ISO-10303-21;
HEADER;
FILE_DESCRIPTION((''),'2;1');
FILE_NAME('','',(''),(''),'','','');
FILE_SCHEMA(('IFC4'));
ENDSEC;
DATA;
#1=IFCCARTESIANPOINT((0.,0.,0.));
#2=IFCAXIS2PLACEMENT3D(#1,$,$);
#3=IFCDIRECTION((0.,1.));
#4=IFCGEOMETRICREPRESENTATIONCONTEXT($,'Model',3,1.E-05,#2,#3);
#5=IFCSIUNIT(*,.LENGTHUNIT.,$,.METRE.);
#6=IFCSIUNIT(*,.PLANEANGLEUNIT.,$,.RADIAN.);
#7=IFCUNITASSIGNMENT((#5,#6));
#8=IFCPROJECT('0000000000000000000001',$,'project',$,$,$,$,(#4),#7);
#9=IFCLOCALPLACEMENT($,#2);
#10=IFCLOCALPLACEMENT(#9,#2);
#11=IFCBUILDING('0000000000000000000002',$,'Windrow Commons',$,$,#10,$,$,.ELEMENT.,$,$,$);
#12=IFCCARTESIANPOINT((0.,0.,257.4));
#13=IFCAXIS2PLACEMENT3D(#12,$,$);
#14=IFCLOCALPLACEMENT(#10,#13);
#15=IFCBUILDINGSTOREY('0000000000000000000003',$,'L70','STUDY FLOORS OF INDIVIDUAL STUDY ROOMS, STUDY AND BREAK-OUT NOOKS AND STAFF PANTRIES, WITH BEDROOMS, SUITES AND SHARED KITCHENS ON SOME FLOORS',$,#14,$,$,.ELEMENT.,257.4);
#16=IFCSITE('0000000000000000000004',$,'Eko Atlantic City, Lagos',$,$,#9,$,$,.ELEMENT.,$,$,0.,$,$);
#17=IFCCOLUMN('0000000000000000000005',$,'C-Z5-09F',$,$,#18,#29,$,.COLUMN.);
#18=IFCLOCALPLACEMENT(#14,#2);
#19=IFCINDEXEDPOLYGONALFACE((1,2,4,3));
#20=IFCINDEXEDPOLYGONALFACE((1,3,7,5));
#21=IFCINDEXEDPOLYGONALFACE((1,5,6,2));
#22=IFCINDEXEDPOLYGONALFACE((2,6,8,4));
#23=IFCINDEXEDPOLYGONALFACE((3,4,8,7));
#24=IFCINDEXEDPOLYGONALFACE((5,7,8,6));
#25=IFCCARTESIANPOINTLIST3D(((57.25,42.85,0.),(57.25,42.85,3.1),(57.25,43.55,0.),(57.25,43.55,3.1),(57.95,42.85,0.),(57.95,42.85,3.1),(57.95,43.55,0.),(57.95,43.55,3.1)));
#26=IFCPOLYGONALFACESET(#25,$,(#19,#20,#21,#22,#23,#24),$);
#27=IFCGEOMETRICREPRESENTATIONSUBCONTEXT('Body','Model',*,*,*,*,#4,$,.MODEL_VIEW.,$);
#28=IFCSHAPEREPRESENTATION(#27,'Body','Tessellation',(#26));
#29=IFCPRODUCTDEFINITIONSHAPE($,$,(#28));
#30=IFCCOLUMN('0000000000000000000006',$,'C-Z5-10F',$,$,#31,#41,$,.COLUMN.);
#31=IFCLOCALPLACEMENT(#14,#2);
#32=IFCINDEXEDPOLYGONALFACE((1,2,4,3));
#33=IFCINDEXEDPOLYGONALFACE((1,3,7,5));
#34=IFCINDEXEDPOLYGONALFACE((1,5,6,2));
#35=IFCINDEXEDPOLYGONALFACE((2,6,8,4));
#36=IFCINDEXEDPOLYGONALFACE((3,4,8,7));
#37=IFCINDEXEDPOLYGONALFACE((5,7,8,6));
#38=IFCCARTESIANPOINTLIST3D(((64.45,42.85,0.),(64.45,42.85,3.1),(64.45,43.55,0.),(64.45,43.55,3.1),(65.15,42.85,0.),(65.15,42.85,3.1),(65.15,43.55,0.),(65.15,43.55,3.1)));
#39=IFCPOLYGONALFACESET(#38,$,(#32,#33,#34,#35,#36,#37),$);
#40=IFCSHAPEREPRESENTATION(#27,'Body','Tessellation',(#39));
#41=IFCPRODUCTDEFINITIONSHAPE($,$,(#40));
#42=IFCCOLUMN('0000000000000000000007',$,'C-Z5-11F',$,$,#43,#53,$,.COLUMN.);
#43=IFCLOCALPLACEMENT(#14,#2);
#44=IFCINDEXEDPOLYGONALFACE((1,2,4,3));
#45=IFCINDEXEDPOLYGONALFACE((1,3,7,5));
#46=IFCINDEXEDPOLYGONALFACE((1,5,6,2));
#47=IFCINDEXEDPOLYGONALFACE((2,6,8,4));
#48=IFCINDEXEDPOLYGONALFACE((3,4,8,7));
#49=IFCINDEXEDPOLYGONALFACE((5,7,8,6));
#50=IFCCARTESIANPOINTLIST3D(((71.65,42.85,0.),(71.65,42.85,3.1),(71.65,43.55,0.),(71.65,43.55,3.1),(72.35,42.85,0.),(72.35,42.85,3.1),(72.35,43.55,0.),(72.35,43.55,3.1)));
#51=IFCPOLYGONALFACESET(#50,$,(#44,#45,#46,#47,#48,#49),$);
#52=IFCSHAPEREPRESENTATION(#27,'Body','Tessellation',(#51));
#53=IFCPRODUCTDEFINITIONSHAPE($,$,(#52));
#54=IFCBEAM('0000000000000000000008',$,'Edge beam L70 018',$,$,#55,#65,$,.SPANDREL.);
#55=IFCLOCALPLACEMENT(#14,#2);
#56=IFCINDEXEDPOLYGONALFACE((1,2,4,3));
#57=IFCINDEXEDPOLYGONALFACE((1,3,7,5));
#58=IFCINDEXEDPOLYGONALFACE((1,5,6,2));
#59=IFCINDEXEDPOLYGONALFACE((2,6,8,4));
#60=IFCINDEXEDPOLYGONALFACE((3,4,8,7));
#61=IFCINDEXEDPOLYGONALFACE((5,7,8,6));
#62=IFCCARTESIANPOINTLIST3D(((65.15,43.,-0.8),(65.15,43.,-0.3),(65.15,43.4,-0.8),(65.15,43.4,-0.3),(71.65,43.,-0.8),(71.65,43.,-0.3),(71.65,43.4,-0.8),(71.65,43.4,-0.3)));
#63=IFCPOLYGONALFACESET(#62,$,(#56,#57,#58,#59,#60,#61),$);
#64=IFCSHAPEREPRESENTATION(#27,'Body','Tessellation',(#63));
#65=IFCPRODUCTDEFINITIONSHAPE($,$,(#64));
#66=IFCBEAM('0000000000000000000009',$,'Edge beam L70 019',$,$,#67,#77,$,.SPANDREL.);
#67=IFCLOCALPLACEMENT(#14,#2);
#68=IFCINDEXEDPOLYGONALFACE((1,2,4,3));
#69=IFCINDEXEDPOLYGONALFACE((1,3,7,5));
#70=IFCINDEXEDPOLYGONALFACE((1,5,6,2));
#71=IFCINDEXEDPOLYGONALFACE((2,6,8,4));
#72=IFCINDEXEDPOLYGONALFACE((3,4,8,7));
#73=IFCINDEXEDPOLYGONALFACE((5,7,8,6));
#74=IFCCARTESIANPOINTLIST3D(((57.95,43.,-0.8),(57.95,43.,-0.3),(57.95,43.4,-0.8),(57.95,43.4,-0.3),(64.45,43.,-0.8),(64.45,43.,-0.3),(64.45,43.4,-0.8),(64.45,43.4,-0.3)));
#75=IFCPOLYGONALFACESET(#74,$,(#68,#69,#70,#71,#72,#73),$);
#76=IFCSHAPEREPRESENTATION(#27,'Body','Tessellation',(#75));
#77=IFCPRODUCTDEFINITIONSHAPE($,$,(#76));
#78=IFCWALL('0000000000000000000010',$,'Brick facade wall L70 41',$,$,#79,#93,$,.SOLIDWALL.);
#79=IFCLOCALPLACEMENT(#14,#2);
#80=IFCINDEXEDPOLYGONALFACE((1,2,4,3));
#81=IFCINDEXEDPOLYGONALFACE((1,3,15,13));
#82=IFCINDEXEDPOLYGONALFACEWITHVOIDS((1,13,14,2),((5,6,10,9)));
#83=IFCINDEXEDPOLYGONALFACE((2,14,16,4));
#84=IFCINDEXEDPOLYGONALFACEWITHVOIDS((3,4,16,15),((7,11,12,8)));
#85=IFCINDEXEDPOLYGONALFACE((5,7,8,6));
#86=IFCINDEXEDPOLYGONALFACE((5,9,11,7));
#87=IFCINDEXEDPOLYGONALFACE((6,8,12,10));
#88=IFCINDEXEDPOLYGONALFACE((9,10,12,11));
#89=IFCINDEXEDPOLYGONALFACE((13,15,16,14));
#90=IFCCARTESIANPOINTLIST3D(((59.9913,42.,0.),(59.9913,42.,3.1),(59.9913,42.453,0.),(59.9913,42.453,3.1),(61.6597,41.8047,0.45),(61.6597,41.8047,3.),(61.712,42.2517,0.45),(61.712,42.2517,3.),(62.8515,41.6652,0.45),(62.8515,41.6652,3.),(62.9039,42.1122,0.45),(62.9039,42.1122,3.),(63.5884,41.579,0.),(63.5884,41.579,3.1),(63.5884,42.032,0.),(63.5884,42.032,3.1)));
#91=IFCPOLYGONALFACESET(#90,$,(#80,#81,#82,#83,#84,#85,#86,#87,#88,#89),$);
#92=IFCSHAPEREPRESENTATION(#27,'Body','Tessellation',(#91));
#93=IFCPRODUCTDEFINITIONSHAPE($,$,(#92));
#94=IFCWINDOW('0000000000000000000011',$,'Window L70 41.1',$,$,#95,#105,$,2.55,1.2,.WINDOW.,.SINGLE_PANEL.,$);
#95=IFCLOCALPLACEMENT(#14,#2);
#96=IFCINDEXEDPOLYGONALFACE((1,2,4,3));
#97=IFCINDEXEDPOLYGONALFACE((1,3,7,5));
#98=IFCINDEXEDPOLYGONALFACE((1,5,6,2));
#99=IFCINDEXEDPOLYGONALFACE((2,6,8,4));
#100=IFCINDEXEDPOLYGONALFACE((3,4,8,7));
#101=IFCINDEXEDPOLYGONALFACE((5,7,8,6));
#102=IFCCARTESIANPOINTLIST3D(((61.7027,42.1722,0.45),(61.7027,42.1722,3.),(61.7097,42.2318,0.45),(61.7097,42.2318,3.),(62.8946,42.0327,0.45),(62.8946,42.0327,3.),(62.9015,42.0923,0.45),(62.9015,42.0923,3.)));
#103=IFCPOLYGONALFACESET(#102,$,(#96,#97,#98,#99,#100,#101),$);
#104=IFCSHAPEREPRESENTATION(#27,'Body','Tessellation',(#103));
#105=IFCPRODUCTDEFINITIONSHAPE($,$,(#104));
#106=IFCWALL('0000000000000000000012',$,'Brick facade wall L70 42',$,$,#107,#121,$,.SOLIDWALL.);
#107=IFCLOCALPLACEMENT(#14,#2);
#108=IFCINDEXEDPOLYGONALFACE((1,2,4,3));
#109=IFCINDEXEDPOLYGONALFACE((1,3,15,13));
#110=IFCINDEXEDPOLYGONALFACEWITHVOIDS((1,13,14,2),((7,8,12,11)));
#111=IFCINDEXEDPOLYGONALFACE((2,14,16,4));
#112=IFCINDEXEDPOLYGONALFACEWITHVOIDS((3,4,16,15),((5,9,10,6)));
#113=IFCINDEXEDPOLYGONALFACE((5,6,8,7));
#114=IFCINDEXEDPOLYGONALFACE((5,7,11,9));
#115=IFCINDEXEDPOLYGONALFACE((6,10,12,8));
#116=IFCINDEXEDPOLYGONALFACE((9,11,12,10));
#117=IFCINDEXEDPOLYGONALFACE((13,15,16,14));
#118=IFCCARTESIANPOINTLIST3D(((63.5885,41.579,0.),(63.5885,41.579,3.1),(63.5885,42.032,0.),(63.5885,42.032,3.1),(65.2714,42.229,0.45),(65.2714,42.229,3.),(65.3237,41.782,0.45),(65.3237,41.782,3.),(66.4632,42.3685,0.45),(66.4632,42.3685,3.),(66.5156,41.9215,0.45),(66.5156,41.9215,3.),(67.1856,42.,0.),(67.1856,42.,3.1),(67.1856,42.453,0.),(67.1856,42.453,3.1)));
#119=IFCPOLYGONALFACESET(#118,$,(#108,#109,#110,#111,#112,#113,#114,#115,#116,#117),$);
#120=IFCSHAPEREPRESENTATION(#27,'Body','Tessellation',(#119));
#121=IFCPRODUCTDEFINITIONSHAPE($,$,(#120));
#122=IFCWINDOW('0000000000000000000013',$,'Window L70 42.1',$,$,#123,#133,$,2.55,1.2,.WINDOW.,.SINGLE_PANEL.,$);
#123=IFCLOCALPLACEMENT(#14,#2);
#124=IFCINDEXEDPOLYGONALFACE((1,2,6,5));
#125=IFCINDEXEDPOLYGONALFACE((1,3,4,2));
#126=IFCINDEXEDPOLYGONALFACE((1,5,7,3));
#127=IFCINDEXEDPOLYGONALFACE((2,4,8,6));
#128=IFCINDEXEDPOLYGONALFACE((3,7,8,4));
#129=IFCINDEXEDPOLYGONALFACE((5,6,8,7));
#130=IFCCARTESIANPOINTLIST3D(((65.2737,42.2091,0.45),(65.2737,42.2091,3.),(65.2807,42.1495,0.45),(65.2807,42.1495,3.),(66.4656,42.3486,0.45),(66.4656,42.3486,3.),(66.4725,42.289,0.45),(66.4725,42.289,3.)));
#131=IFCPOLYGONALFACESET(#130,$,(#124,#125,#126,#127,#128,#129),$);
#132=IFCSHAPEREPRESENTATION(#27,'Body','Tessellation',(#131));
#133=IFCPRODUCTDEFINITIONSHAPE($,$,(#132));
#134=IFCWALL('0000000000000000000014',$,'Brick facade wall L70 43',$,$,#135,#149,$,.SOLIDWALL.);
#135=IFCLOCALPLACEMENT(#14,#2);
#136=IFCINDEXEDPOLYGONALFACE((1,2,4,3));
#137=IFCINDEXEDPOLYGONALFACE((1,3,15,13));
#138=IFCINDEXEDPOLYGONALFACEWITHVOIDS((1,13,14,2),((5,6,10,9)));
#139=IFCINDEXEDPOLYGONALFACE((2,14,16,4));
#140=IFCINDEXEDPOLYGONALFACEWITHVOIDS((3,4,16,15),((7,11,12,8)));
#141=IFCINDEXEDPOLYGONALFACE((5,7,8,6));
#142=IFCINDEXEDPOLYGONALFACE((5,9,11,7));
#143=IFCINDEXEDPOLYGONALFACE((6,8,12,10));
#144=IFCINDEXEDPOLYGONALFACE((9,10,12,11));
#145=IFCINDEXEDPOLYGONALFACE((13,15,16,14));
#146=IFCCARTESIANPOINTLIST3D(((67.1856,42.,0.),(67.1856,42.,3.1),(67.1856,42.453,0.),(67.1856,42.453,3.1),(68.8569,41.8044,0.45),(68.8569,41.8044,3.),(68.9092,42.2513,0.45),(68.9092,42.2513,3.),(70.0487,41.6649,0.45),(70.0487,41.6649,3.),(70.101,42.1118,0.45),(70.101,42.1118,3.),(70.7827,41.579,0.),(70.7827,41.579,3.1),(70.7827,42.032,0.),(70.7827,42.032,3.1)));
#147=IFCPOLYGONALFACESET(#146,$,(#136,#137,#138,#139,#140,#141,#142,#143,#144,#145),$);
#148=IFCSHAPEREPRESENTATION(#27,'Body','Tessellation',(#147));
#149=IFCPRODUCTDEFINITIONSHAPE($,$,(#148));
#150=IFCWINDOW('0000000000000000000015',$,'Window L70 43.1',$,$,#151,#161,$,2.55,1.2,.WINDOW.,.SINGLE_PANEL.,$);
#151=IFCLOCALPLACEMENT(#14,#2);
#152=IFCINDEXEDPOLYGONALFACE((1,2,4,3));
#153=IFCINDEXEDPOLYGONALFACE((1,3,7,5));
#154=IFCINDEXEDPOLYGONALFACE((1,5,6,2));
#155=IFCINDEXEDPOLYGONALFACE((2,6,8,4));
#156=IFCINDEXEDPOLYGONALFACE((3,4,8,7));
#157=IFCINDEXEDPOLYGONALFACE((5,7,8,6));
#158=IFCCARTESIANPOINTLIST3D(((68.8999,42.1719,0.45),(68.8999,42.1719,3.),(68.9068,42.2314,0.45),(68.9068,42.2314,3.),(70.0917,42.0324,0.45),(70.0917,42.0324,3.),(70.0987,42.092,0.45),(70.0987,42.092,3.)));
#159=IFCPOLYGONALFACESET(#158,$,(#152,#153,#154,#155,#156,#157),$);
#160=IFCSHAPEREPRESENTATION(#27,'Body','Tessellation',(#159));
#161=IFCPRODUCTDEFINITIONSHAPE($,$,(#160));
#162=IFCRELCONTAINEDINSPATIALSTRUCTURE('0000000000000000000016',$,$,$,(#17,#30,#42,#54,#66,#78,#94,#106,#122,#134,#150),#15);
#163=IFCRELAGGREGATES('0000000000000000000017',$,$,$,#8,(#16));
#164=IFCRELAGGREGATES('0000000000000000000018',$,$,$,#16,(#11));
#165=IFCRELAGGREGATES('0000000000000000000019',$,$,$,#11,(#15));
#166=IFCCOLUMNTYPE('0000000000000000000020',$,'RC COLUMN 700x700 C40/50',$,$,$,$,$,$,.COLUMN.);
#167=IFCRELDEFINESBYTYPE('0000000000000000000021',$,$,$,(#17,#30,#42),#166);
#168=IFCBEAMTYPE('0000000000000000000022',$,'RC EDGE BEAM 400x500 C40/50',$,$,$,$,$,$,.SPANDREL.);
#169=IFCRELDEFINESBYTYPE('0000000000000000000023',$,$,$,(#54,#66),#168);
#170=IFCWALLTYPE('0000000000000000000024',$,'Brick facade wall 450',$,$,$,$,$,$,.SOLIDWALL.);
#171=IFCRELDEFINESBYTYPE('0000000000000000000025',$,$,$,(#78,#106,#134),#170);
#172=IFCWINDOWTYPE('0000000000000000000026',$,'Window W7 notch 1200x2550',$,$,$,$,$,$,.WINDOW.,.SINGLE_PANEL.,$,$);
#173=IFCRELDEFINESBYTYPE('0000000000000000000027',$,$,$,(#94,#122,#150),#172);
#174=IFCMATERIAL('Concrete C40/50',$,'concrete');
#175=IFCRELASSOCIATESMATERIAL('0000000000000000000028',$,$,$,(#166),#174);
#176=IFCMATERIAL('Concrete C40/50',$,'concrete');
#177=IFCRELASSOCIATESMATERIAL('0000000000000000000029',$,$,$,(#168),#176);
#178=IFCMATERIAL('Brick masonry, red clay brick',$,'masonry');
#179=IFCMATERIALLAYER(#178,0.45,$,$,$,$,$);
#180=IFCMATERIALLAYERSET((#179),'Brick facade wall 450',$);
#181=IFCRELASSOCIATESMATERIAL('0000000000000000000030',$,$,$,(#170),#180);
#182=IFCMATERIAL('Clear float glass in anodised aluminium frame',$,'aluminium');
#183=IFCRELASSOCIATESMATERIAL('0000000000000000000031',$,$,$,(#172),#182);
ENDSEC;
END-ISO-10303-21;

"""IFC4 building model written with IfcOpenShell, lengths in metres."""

from ifc_helpers import new_model, si_unit, direction, frame, frame_2d, origin, origin_2d, place, context, subcontext, project, spatial, polyline, rectangle, outline, extrude, material, layer, layer_set, material_profile, profile_set, type_object, element, fill, save


model = new_model("IFC4")

# Units and contexts
model_context = context("Model", 3, precision=1e-05, world=origin(), true_north=direction((0.0, 1.0)))
body_context = subcontext(model_context, "Body", "Model", "MODEL_VIEW")
ifc_project = project(units=[si_unit("LENGTHUNIT", "METRE"), si_unit("PLANEANGLEUNIT", "RADIAN")], contexts=[model_context])

# Site, building, storey
site_placement = place(None, origin())
site = spatial("IfcSite", under=ifc_project, at=site_placement, Name="Eko Atlantic City, Lagos", CompositionType="ELEMENT", RefElevation=0.0)
building_placement = place(site_placement, origin())
building = spatial("IfcBuilding", under=site, at=building_placement, Name="Windrow Commons", CompositionType="ELEMENT")
storey_placement = place(building_placement, frame((0.0, 0.0, 257.4)))
storey = spatial("IfcBuildingStorey", under=building, at=storey_placement, Name="L70", Description="STUDY FLOORS OF INDIVIDUAL STUDY ROOMS, STUDY AND BREAK-OUT NOOKS AND STAFF PANTRIES, WITH BEDROOMS, SUITES AND SHARED KITCHENS ON SOME FLOORS", CompositionType="ELEMENT", Elevation=257.4)

# Columns
ifc_material_1 = material(Name="Concrete C40/50", Category="concrete")
ifc_material_profile_1 = material_profile(ifc_material_1, rectangle(XDim=0.7, YDim=0.7, at=origin_2d()))
ifc_profile_set_1 = profile_set([ifc_material_profile_1], Name="Concrete C40/50")
column_type = type_object("IfcColumnType", Name="RC COLUMN 700x700 C40/50", PredefinedType="COLUMN", material=ifc_profile_set_1)
for number, where, z_axis, x_axis, name in (
    (1, (57.6, 43.2, 0.0), (0.0, 0.0, 1.0), (1.0, 0.0, 0.0), "C-Z5-09F"),
    (2, (64.8, 43.2, 0.0), (0.0, 0.0, 1.0), (1.0, 0.0, 0.0), "C-Z5-10F"),
    (3, (72.0, 43.2, 0.0), (0.0, 0.0, 1.0), (1.0, 0.0, 0.0), "C-Z5-11F"),
):
    element("IfcColumn", number, at=place(storey_placement, frame(where, z_axis=z_axis, x_axis=x_axis)), inside=storey, type_object=column_type, Name=name, PredefinedType="COLUMN", context=body_context, shape_type="SweptSolid", body=[
        extrude(rectangle(XDim=0.7, YDim=0.7, at=origin_2d()), origin(), (0.0, 0.0, 1.0), 3.1),
    ])

# Beams
ifc_material_2 = material(Name="Concrete C40/50", Category="concrete")
ifc_material_profile_2 = material_profile(ifc_material_2, rectangle(XDim=0.4, YDim=0.5, at=origin_2d()))
ifc_profile_set_2 = profile_set([ifc_material_profile_2], Name="Concrete C40/50")
beam_type = type_object("IfcBeamType", Name="RC EDGE BEAM 400x500 C40/50", PredefinedType="SPANDREL", material=ifc_profile_set_2)
for number, where, z_axis, x_axis, name in (
    (4, (71.65, 43.2, -0.55), (-1.0, 0.0, 0.0), (0.0, -1.0, 0.0), "Edge beam L70 018"),
    (5, (64.45, 43.2, -0.55), (-1.0, 0.0, 0.0), (0.0, -1.0, 0.0), "Edge beam L70 019"),
):
    element("IfcBeam", number, at=place(storey_placement, frame(where, z_axis=z_axis, x_axis=x_axis)), inside=storey, type_object=beam_type, Name=name, PredefinedType="SPANDREL", context=body_context, shape_type="SweptSolid", body=[
        extrude(rectangle(XDim=0.4, YDim=0.5, at=origin_2d()), origin(), (0.0, 0.0, 1.0), 6.5),
    ])

# Walls, openings, windows
ifc_material_3 = material(Name="Brick masonry, red clay brick", Category="masonry")
ifc_layer_1 = layer(ifc_material_3, 0.45)
ifc_layer_set_1 = layer_set([ifc_layer_1], Name="Brick facade wall 450")
wall_type_1 = type_object("IfcWallType", Name="Brick facade wall 450", PredefinedType="SOLIDWALL", material=ifc_layer_set_1)
wall_1_placement = place(storey_placement, frame((59.9913, 42.2265, 0.0), z_axis=(0.0, 0.0, 1.0), x_axis=(0.993221, -0.116242, 0.0)))
wall_1 = element("IfcWall", 6, at=wall_1_placement, inside=storey, type_object=wall_type_1, Name="Brick facade wall L70 41", PredefinedType="SOLIDWALL", context=body_context, shape_type="SweptSolid", body=[
    extrude(outline(polyline([(0.0263, -0.225), (3.648, -0.225), (3.5953, 0.225), (-0.0263, 0.225), (0.0263, -0.225)])), origin(), (0.0, 0.0, 1.0), 3.1),
])
opening_1_placement = place(wall_1_placement, frame((1.7061, 0.0, 0.45)))
opening_1 = element("IfcOpeningElement", 7, at=opening_1_placement, cuts=wall_1, PredefinedType="OPENING", context=body_context, shape_type="SweptSolid", body=[
    extrude(rectangle(XDim=1.2, YDim=2.55, at=frame_2d((0.6, 1.275))), frame((0.0, 0.235, 0.0), z_axis=(0.0, -1.0, 0.0), x_axis=(1.0, 0.0, 0.0)), (0.0, 0.0, 1.0), 0.47),
])
ifc_material_4 = material(Name="Clear float glass in anodised aluminium frame", Category="aluminium")
window_type = type_object("IfcWindowType", Name="Window W7 notch 1200x2550", PartitioningType="SINGLE_PANEL", PredefinedType="WINDOW", material=ifc_material_4)
window_1_placement = place(opening_1_placement, origin())
window_1 = element("IfcWindow", 8, at=window_1_placement, inside=storey, type_object=window_type, Name="Window L70 41.1", OverallHeight=2.55, OverallWidth=1.2, PartitioningType="SINGLE_PANEL", PredefinedType="WINDOW", context=body_context, shape_type="SweptSolid", body=[
    extrude(rectangle(XDim=1.2, YDim=2.55, at=frame_2d((0.6, 1.275))), frame((0.0, 0.205, 0.0), z_axis=(0.0, -1.0, 0.0), x_axis=(1.0, 0.0, 0.0)), (0.0, 0.0, 1.0), 0.06),
])
fill(opening_1, window_1)
wall_2_placement = place(storey_placement, frame((63.5885, 41.8055, 0.0), z_axis=(0.0, 0.0, 1.0), x_axis=(0.993221, 0.116245, 0.0)))
wall_2 = element("IfcWall", 9, at=wall_2_placement, inside=storey, type_object=wall_type_1, Name="Brick facade wall L70 42", PredefinedType="SOLIDWALL", context=body_context, shape_type="SweptSolid", body=[
    extrude(outline(polyline([(-0.0263, -0.225), (3.5953, -0.225), (3.648, 0.225), (0.0263, 0.225), (-0.0263, -0.225)])), origin(), (0.0, 0.0, 1.0), 3.1),
])
opening_2_placement = place(wall_2_placement, frame((1.7207, 0.0, 0.45)))
opening_2 = element("IfcOpeningElement", 10, at=opening_2_placement, cuts=wall_2, PredefinedType="OPENING", context=body_context, shape_type="SweptSolid", body=[
    extrude(rectangle(XDim=1.2, YDim=2.55, at=frame_2d((0.6, 1.275))), frame((0.0, 0.235, 0.0), z_axis=(0.0, -1.0, 0.0), x_axis=(1.0, 0.0, 0.0)), (0.0, 0.0, 1.0), 0.47),
])
window_2_placement = place(opening_2_placement, origin())
window_2 = element("IfcWindow", 11, at=window_2_placement, inside=storey, type_object=window_type, Name="Window L70 42.1", OverallHeight=2.55, OverallWidth=1.2, PartitioningType="SINGLE_PANEL", PredefinedType="WINDOW", context=body_context, shape_type="SweptSolid", body=[
    extrude(rectangle(XDim=1.2, YDim=2.55, at=frame_2d((0.6, 1.275))), frame((0.0, 0.205, 0.0), z_axis=(0.0, -1.0, 0.0), x_axis=(1.0, 0.0, 0.0)), (0.0, 0.0, 1.0), 0.06),
])
fill(opening_2, window_2)
wall_3_placement = place(storey_placement, frame((67.1856, 42.2265, 0.0), z_axis=(0.0, 0.0, 1.0), x_axis=(0.993221, -0.116245, 0.0)))
wall_3 = element("IfcWall", 12, at=wall_3_placement, inside=storey, type_object=wall_type_1, Name="Brick facade wall L70 43", PredefinedType="SOLIDWALL", context=body_context, shape_type="SweptSolid", body=[
    extrude(outline(polyline([(0.0263, -0.225), (3.648, -0.225), (3.5953, 0.225), (-0.0263, 0.225), (0.0263, -0.225)])), origin(), (0.0, 0.0, 1.0), 3.1),
])
opening_3_placement = place(wall_3_placement, frame((1.709, 0.0, 0.45)))
opening_3 = element("IfcOpeningElement", 13, at=opening_3_placement, cuts=wall_3, PredefinedType="OPENING", context=body_context, shape_type="SweptSolid", body=[
    extrude(rectangle(XDim=1.2, YDim=2.55, at=frame_2d((0.6, 1.275))), frame((0.0, 0.235, 0.0), z_axis=(0.0, -1.0, 0.0), x_axis=(1.0, 0.0, 0.0)), (0.0, 0.0, 1.0), 0.47),
])
window_3_placement = place(opening_3_placement, origin())
window_3 = element("IfcWindow", 14, at=window_3_placement, inside=storey, type_object=window_type, Name="Window L70 43.1", OverallHeight=2.55, OverallWidth=1.2, PartitioningType="SINGLE_PANEL", PredefinedType="WINDOW", context=body_context, shape_type="SweptSolid", body=[
    extrude(rectangle(XDim=1.2, YDim=2.55, at=frame_2d((0.6, 1.275))), frame((0.0, 0.205, 0.0), z_axis=(0.0, -1.0, 0.0), x_axis=(1.0, 0.0, 0.0)), (0.0, 0.0, 1.0), 0.06),
])
fill(opening_3, window_3)

save(model, "model.ifc")
